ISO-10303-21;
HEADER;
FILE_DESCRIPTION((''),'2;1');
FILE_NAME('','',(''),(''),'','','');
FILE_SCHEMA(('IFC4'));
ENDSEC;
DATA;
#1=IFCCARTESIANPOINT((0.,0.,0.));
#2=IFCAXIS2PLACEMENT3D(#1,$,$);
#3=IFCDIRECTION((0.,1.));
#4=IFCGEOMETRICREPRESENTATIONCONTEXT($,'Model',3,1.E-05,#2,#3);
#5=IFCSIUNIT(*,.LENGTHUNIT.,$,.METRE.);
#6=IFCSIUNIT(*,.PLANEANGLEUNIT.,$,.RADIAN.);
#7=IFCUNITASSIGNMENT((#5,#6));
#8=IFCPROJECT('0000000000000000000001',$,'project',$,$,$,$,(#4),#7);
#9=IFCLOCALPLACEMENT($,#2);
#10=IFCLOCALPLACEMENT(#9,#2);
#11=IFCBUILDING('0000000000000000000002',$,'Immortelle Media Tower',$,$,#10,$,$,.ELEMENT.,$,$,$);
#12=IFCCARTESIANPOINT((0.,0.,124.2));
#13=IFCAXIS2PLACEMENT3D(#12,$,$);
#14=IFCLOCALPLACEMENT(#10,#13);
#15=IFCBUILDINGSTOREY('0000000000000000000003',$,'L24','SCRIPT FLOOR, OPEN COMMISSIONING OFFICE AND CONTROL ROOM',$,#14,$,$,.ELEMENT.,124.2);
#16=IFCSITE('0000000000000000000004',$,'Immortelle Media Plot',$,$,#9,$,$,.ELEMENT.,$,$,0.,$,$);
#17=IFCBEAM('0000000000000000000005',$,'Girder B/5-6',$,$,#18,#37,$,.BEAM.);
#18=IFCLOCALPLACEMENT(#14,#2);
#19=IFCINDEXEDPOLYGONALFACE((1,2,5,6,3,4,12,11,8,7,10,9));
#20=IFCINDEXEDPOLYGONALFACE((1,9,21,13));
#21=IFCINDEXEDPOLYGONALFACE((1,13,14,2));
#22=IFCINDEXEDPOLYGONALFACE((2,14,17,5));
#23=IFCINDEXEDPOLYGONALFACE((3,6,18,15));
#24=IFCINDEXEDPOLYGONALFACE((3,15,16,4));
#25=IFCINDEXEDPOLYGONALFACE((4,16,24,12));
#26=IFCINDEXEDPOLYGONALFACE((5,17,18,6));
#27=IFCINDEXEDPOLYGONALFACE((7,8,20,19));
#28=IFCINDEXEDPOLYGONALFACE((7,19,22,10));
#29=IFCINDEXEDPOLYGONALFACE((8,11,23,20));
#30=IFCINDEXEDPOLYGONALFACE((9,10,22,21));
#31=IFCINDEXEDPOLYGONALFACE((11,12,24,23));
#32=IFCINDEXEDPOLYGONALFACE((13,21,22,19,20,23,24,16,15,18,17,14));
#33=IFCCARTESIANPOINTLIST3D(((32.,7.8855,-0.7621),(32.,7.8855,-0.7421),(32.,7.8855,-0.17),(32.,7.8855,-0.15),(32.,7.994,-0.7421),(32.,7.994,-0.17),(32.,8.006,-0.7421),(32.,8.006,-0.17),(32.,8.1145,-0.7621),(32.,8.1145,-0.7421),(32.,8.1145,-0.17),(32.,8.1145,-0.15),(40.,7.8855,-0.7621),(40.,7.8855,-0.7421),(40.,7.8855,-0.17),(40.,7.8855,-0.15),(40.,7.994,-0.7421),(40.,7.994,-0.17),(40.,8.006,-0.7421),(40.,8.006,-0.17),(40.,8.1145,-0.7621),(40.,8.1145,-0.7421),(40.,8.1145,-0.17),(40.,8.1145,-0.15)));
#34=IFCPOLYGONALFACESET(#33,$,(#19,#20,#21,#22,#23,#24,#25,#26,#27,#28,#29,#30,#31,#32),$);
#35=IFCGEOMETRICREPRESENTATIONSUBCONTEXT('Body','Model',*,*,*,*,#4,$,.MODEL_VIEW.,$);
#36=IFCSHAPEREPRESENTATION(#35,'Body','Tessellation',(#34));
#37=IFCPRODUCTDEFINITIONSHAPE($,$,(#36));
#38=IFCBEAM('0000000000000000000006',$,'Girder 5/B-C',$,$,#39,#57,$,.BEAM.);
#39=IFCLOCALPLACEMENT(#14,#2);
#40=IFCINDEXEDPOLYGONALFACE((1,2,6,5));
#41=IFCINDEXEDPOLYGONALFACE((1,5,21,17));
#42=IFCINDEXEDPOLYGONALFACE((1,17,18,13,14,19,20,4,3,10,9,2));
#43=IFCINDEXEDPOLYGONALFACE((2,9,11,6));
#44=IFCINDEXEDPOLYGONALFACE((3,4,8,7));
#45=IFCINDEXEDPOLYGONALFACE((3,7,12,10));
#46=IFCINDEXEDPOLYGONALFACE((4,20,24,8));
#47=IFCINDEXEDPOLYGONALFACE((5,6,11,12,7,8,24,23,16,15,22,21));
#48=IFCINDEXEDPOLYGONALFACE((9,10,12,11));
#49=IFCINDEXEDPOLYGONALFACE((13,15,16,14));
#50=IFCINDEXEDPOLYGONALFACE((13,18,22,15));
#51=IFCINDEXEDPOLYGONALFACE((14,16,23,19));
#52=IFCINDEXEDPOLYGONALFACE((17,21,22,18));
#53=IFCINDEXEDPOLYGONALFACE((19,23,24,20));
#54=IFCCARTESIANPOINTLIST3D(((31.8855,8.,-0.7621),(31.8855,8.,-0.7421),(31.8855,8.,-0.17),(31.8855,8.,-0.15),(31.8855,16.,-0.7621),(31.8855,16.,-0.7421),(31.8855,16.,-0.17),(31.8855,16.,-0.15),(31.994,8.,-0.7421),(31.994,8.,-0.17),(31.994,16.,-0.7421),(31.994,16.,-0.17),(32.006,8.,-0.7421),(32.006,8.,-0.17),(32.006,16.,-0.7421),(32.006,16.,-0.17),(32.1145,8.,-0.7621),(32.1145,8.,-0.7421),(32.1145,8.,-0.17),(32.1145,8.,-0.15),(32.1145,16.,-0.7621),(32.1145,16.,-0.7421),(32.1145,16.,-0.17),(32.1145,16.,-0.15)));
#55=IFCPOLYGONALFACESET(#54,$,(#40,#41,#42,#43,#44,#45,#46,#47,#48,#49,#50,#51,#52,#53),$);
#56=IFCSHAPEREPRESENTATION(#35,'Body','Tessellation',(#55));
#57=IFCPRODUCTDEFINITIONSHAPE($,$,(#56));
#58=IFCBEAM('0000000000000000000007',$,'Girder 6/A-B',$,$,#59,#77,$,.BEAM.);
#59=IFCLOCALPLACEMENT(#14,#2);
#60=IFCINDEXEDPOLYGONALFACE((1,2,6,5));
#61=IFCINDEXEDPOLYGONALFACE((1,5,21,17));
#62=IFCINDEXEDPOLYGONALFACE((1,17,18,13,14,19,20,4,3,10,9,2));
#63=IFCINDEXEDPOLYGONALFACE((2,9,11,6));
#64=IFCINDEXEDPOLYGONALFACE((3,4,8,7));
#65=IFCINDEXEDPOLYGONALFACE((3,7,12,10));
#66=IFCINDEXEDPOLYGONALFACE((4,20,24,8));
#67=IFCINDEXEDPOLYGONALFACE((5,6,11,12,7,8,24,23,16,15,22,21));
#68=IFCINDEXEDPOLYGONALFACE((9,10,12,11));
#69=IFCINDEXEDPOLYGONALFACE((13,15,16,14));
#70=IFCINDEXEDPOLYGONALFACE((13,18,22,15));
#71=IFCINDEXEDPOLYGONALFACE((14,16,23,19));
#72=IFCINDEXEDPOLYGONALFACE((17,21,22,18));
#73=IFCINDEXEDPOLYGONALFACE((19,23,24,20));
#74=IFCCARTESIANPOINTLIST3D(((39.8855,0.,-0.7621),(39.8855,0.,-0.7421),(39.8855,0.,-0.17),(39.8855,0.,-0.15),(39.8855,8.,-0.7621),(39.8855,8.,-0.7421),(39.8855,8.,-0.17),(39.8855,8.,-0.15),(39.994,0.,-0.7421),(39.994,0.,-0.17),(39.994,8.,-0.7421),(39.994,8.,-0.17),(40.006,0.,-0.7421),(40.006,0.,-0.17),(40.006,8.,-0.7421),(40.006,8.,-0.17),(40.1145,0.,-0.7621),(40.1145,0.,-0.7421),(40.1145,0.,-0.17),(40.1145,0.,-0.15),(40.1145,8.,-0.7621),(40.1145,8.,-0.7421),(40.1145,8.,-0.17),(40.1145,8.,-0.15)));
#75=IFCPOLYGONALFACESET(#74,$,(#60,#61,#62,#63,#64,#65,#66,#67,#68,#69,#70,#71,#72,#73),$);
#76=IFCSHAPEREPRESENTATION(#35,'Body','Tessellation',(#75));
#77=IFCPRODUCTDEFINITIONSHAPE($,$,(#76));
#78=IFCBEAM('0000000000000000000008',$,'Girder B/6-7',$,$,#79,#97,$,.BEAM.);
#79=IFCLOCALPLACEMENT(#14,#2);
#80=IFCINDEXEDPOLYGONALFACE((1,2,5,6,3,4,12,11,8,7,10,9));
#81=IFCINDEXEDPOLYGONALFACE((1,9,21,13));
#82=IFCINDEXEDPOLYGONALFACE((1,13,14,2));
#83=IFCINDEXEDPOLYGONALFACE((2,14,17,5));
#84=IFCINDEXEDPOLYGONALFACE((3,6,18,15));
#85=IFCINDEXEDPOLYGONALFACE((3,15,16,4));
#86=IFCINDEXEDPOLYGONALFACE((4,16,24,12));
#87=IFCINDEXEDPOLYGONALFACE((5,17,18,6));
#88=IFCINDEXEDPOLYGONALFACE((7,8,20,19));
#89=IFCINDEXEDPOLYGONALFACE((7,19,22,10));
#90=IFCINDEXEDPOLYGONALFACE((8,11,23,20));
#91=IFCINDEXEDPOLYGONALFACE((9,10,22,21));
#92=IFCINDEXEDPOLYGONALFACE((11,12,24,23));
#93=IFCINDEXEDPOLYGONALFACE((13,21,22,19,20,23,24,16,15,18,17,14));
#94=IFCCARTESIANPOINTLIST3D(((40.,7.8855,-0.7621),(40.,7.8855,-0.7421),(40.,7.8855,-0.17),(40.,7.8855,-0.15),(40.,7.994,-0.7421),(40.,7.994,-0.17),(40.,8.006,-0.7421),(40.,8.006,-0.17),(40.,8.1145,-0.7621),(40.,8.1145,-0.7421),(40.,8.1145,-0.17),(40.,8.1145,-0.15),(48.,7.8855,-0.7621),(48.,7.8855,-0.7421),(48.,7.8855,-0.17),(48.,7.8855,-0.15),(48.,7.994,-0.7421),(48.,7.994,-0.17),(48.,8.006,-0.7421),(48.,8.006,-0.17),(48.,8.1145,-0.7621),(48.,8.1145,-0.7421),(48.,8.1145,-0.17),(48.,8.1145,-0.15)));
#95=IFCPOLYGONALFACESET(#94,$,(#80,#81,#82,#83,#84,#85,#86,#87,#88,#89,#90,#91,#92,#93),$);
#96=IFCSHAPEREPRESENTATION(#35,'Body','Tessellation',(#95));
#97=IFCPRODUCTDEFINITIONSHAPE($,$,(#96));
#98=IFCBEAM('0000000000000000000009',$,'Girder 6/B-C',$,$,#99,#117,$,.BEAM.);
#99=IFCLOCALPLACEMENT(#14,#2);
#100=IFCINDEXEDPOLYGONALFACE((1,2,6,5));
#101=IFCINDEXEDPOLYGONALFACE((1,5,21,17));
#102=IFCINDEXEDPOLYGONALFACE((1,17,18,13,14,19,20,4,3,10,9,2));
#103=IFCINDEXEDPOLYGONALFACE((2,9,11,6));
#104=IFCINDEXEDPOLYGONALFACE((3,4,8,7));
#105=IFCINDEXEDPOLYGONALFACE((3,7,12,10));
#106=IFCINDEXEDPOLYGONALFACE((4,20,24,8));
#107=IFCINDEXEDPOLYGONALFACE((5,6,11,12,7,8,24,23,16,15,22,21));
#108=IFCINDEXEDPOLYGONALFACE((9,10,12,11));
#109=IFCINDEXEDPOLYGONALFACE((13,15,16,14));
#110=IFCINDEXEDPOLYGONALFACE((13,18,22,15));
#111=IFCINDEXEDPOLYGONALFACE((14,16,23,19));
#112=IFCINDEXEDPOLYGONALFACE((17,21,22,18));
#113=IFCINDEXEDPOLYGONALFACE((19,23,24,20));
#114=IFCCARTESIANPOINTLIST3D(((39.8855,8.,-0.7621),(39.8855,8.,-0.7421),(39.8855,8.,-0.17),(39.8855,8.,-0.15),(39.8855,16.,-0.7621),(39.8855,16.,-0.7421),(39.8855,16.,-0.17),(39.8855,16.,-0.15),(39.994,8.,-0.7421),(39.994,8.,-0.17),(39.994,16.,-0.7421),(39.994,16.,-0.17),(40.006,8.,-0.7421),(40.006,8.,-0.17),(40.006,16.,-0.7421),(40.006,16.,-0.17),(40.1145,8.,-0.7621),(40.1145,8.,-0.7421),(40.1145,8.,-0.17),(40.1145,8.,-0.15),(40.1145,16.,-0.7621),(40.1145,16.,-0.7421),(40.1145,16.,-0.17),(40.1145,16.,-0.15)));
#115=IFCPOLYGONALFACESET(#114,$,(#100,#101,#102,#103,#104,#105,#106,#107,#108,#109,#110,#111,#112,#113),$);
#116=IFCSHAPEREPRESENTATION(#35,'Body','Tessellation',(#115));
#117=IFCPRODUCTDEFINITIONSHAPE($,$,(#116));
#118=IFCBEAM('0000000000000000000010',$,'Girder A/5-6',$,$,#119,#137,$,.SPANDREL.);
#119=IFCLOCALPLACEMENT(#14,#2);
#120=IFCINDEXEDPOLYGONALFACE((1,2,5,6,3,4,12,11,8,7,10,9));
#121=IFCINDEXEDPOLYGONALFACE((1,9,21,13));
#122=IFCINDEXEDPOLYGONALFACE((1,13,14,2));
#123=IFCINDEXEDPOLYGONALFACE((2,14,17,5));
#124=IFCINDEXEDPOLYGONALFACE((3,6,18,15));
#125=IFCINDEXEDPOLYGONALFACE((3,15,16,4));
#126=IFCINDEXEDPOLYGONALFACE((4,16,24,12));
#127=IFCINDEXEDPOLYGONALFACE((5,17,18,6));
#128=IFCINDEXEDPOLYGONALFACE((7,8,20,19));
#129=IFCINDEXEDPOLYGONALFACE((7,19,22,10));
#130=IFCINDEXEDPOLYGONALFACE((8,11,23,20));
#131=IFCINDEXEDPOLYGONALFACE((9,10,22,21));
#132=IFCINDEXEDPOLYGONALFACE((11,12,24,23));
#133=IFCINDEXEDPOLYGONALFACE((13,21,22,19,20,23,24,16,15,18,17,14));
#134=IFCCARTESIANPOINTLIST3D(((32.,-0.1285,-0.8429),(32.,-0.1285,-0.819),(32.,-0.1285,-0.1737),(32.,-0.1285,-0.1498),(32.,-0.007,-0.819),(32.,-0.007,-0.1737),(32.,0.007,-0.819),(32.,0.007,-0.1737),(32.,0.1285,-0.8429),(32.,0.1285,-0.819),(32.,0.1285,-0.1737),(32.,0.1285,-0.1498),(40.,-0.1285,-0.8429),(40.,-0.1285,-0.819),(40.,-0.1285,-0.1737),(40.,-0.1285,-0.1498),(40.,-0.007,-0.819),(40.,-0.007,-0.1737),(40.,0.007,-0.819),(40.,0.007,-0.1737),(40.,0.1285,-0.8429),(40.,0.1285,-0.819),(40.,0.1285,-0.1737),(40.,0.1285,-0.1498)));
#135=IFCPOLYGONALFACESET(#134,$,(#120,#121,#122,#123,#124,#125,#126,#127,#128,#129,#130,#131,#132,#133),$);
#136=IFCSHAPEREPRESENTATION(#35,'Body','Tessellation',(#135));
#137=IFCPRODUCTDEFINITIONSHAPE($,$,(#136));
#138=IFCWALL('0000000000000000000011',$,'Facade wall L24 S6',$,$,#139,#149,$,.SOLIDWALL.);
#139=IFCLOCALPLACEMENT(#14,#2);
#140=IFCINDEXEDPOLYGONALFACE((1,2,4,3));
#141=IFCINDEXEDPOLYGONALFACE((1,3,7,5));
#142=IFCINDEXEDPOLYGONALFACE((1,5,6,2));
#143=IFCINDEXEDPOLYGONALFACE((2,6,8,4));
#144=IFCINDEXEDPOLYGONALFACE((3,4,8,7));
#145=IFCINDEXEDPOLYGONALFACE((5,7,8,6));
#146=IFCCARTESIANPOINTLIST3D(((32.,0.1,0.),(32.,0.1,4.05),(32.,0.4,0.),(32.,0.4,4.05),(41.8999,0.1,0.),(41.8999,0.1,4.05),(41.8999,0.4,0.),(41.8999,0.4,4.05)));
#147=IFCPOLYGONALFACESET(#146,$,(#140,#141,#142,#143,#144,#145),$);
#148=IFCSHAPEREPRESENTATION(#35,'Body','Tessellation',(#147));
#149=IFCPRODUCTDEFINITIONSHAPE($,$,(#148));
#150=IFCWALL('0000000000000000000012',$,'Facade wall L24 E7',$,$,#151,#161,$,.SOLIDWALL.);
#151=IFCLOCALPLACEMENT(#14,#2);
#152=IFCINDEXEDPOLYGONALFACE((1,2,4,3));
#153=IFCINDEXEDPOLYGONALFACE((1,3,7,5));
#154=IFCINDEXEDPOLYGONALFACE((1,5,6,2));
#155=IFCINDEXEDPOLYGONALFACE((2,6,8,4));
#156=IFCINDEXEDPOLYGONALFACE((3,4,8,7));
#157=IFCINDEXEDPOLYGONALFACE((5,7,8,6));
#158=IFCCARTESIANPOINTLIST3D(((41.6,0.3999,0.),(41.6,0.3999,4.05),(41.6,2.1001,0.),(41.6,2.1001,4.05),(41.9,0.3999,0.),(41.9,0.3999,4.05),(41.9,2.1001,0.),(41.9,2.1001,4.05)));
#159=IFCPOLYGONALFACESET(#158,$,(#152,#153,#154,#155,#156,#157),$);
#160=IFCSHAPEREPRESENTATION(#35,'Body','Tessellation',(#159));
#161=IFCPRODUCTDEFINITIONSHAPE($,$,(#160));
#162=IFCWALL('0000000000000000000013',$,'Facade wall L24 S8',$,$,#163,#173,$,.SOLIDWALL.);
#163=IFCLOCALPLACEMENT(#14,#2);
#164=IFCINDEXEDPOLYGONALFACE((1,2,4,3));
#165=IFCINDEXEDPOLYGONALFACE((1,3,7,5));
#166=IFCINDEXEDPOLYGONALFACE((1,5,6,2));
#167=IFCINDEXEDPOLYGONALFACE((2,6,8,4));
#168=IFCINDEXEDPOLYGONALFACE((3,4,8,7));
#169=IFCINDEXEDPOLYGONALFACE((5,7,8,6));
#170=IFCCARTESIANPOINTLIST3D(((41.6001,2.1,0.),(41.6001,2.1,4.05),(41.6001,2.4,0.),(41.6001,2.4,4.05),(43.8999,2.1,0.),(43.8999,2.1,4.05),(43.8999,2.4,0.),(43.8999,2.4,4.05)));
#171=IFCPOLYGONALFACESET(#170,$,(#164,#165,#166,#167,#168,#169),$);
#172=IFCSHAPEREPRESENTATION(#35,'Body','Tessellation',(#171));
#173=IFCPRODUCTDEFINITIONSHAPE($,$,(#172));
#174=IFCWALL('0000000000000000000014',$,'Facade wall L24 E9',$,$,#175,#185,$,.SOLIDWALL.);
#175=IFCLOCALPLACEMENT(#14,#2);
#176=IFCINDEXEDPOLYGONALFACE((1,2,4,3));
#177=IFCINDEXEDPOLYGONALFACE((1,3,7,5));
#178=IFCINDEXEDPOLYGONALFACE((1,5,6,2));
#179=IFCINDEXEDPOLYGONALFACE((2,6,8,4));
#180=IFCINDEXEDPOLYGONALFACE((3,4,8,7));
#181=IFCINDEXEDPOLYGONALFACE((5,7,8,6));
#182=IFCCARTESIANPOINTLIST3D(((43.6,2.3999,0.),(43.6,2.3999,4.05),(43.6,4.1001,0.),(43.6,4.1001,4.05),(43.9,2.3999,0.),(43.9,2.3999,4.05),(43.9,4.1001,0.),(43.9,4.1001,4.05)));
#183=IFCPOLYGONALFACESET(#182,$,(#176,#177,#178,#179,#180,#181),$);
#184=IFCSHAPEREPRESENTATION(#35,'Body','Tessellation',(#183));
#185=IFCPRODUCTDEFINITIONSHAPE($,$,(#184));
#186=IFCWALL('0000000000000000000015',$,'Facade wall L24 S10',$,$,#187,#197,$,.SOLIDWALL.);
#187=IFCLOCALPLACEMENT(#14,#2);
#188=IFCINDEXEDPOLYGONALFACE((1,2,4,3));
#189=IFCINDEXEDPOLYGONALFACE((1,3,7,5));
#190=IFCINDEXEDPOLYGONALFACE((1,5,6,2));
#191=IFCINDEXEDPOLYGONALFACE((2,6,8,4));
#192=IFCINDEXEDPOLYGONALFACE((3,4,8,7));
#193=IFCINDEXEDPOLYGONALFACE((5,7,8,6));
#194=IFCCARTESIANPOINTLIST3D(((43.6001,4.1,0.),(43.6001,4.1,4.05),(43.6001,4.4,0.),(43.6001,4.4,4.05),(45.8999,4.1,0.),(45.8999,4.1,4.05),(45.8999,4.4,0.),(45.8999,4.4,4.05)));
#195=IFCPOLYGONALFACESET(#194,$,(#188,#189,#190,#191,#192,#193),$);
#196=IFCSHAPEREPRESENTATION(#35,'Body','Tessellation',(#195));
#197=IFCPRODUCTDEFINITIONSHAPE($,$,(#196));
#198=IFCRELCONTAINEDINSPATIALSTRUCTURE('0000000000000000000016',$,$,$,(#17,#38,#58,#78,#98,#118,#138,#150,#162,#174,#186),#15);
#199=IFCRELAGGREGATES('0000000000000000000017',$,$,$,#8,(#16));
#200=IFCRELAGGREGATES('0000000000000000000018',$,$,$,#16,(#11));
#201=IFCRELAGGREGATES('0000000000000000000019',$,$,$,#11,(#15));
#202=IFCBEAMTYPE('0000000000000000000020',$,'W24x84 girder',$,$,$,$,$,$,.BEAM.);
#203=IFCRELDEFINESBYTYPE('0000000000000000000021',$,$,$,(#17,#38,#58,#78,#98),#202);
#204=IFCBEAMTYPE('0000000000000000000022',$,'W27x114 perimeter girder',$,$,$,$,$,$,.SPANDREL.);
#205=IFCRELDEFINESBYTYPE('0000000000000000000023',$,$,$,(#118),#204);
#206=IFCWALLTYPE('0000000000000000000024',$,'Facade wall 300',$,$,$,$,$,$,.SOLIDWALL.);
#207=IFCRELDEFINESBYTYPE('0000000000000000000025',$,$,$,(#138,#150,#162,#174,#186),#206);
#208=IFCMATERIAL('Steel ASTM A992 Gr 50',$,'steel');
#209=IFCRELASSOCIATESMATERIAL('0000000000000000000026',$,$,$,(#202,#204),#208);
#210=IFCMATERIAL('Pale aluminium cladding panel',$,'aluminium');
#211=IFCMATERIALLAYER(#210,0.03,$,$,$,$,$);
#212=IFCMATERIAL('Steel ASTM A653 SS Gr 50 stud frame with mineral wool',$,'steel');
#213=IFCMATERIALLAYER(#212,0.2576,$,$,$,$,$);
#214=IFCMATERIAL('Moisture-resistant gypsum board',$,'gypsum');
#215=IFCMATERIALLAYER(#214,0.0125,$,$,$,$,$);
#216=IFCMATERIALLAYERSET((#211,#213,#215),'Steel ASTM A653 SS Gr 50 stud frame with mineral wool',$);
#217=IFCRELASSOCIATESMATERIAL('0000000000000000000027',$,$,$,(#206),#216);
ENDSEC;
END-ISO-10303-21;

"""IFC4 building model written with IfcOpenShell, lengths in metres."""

from ifc_helpers import new_model, si_unit, direction, frame, frame_2d, origin, origin_2d, place, context, subcontext, project, spatial, rectangle, i_section, extrude, material, layer, layer_set, material_profile, profile_set, type_object, element, save


model = new_model("IFC4")

# Units and contexts
model_context = context("Model", 3, precision=1e-05, world=origin(), true_north=direction((0.0, 1.0)))
body_context = subcontext(model_context, "Body", "Model", "MODEL_VIEW")
ifc_project = project(units=[si_unit("LENGTHUNIT", "METRE"), si_unit("PLANEANGLEUNIT", "RADIAN")], contexts=[model_context])

# Site, building, storey
site_placement = place(None, origin())
site = spatial("IfcSite", under=ifc_project, at=site_placement, Name="Immortelle Media Plot", CompositionType="ELEMENT", RefElevation=0.0)
building_placement = place(site_placement, origin())
building = spatial("IfcBuilding", under=site, at=building_placement, Name="Immortelle Media Tower", CompositionType="ELEMENT")
storey_placement = place(building_placement, frame((0.0, 0.0, 124.2)))
storey = spatial("IfcBuildingStorey", under=building, at=storey_placement, Name="L24", Description="SCRIPT FLOOR, OPEN COMMISSIONING OFFICE AND CONTROL ROOM", CompositionType="ELEMENT", Elevation=124.2)

# Shared definitions
ifc_material_1 = material(Name="Steel ASTM A992 Gr 50", Category="steel")

# Beams
ifc_material_profile_1 = material_profile(ifc_material_1, i_section(OverallWidth=0.229, OverallDepth=0.6121, WebThickness=0.012, FlangeThickness=0.02, at=origin_2d()), Name="W24x84")
ifc_profile_set_1 = profile_set([ifc_material_profile_1], Name="Steel ASTM A992 Gr 50")
beam_type_1 = type_object("IfcBeamType", Name="W24x84 girder", PredefinedType="BEAM", material=ifc_profile_set_1)
for number, where, z_axis, x_axis, name in (
    (1, (32.0, 8.0, -0.4561), (1.0, 0.0, 0.0), (0.0, 1.0, 0.0), "Girder B/5-6"),
    (2, (32.0, 8.0, -0.4561), (0.0, 1.0, 0.0), (-1.0, 0.0, 0.0), "Girder 5/B-C"),
    (3, (40.0, 0.0, -0.4561), (0.0, 1.0, 0.0), (-1.0, 0.0, 0.0), "Girder 6/A-B"),
    (4, (40.0, 8.0, -0.4561), (1.0, 0.0, 0.0), (0.0, 1.0, 0.0), "Girder B/6-7"),
    (5, (40.0, 8.0, -0.4561), (0.0, 1.0, 0.0), (-1.0, 0.0, 0.0), "Girder 6/B-C"),
):
    element("IfcBeam", number, at=place(storey_placement, frame(where, z_axis=z_axis, x_axis=x_axis)), inside=storey, type_object=beam_type_1, Name=name, PredefinedType="BEAM", context=body_context, shape_type="SweptSolid", body=[
        extrude(i_section(OverallWidth=0.229, OverallDepth=0.6121, WebThickness=0.012, FlangeThickness=0.02, at=origin_2d()), origin(), (0.0, 0.0, 1.0), 8.0),
    ])
ifc_material_profile_2 = material_profile(ifc_material_1, i_section(OverallWidth=0.2571, OverallDepth=0.6931, WebThickness=0.0139, FlangeThickness=0.0239, at=origin_2d()), Name="W27x114")
ifc_profile_set_2 = profile_set([ifc_material_profile_2], Name="Steel ASTM A992 Gr 50")
beam_type_2 = type_object("IfcBeamType", Name="W27x114 perimeter girder", PredefinedType="SPANDREL", material=ifc_profile_set_2)
beam_1_placement = place(storey_placement, frame((32.0, 0.0, -0.4963), z_axis=(1.0, 0.0, 0.0), x_axis=(0.0, 1.0, 0.0)))
element("IfcBeam", 6, at=beam_1_placement, inside=storey, type_object=beam_type_2, Name="Girder A/5-6", PredefinedType="SPANDREL", context=body_context, shape_type="SweptSolid", body=[
    extrude(i_section(OverallWidth=0.2571, OverallDepth=0.6931, WebThickness=0.0139, FlangeThickness=0.0239, at=origin_2d()), origin(), (0.0, 0.0, 1.0), 8.0),
])

# Walls
ifc_material_2 = material(Name="Pale aluminium cladding panel", Category="aluminium")
ifc_layer_1 = layer(ifc_material_2, 0.03)
ifc_material_3 = material(Name="Steel ASTM A653 SS Gr 50 stud frame with mineral wool", Category="steel")
ifc_layer_2 = layer(ifc_material_3, 0.2576)
ifc_material_4 = material(Name="Moisture-resistant gypsum board", Category="gypsum")
ifc_layer_3 = layer(ifc_material_4, 0.0125)
ifc_layer_set = layer_set([ifc_layer_1, ifc_layer_2, ifc_layer_3], Name="Steel ASTM A653 SS Gr 50 stud frame with mineral wool")
wall_type = type_object("IfcWallType", Name="Facade wall 300", PredefinedType="SOLIDWALL", material=ifc_layer_set)
wall_1_placement = place(storey_placement, frame((32.0, 0.25, 0.0), z_axis=(0.0, 0.0, 1.0), x_axis=(1.0, 0.0, 0.0)))
element("IfcWall", 7, at=wall_1_placement, inside=storey, type_object=wall_type, Name="Facade wall L24 S6", PredefinedType="SOLIDWALL", context=body_context, shape_type="SweptSolid", body=[
    extrude(rectangle(XDim=9.8999, YDim=0.3, at=frame_2d((4.95, 0.0))), origin(), (0.0, 0.0, 1.0), 4.05),
])
wall_2_placement = place(storey_placement, frame((41.75, 0.3999, 0.0), z_axis=(0.0, 0.0, 1.0), x_axis=(0.0, 1.0, 0.0)))
element("IfcWall", 8, at=wall_2_placement, inside=storey, type_object=wall_type, Name="Facade wall L24 E7", PredefinedType="SOLIDWALL", context=body_context, shape_type="SweptSolid", body=[
    extrude(rectangle(XDim=1.7002, YDim=0.3, at=frame_2d((0.8501, 0.0))), origin(), (0.0, 0.0, 1.0), 4.05),
])
wall_3_placement = place(storey_placement, frame((41.6001, 2.25, 0.0), z_axis=(0.0, 0.0, 1.0), x_axis=(1.0, 0.0, 0.0)))
element("IfcWall", 9, at=wall_3_placement, inside=storey, type_object=wall_type, Name="Facade wall L24 S8", PredefinedType="SOLIDWALL", context=body_context, shape_type="SweptSolid", body=[
    extrude(rectangle(XDim=2.2998, YDim=0.3, at=frame_2d((1.1499, 0.0))), origin(), (0.0, 0.0, 1.0), 4.05),
])
wall_4_placement = place(storey_placement, frame((43.75, 2.3999, 0.0), z_axis=(0.0, 0.0, 1.0), x_axis=(0.0, 1.0, 0.0)))
element("IfcWall", 10, at=wall_4_placement, inside=storey, type_object=wall_type, Name="Facade wall L24 E9", PredefinedType="SOLIDWALL", context=body_context, shape_type="SweptSolid", body=[
    extrude(rectangle(XDim=1.7002, YDim=0.3, at=frame_2d((0.8501, 0.0))), origin(), (0.0, 0.0, 1.0), 4.05),
])
wall_5_placement = place(storey_placement, frame((43.6001, 4.25, 0.0), z_axis=(0.0, 0.0, 1.0), x_axis=(1.0, 0.0, 0.0)))
element("IfcWall", 11, at=wall_5_placement, inside=storey, type_object=wall_type, Name="Facade wall L24 S10", PredefinedType="SOLIDWALL", context=body_context, shape_type="SweptSolid", body=[
    extrude(rectangle(XDim=2.2998, YDim=0.3, at=frame_2d((1.1499, 0.0))), origin(), (0.0, 0.0, 1.0), 4.05),
])

save(model, "model.ifc")
